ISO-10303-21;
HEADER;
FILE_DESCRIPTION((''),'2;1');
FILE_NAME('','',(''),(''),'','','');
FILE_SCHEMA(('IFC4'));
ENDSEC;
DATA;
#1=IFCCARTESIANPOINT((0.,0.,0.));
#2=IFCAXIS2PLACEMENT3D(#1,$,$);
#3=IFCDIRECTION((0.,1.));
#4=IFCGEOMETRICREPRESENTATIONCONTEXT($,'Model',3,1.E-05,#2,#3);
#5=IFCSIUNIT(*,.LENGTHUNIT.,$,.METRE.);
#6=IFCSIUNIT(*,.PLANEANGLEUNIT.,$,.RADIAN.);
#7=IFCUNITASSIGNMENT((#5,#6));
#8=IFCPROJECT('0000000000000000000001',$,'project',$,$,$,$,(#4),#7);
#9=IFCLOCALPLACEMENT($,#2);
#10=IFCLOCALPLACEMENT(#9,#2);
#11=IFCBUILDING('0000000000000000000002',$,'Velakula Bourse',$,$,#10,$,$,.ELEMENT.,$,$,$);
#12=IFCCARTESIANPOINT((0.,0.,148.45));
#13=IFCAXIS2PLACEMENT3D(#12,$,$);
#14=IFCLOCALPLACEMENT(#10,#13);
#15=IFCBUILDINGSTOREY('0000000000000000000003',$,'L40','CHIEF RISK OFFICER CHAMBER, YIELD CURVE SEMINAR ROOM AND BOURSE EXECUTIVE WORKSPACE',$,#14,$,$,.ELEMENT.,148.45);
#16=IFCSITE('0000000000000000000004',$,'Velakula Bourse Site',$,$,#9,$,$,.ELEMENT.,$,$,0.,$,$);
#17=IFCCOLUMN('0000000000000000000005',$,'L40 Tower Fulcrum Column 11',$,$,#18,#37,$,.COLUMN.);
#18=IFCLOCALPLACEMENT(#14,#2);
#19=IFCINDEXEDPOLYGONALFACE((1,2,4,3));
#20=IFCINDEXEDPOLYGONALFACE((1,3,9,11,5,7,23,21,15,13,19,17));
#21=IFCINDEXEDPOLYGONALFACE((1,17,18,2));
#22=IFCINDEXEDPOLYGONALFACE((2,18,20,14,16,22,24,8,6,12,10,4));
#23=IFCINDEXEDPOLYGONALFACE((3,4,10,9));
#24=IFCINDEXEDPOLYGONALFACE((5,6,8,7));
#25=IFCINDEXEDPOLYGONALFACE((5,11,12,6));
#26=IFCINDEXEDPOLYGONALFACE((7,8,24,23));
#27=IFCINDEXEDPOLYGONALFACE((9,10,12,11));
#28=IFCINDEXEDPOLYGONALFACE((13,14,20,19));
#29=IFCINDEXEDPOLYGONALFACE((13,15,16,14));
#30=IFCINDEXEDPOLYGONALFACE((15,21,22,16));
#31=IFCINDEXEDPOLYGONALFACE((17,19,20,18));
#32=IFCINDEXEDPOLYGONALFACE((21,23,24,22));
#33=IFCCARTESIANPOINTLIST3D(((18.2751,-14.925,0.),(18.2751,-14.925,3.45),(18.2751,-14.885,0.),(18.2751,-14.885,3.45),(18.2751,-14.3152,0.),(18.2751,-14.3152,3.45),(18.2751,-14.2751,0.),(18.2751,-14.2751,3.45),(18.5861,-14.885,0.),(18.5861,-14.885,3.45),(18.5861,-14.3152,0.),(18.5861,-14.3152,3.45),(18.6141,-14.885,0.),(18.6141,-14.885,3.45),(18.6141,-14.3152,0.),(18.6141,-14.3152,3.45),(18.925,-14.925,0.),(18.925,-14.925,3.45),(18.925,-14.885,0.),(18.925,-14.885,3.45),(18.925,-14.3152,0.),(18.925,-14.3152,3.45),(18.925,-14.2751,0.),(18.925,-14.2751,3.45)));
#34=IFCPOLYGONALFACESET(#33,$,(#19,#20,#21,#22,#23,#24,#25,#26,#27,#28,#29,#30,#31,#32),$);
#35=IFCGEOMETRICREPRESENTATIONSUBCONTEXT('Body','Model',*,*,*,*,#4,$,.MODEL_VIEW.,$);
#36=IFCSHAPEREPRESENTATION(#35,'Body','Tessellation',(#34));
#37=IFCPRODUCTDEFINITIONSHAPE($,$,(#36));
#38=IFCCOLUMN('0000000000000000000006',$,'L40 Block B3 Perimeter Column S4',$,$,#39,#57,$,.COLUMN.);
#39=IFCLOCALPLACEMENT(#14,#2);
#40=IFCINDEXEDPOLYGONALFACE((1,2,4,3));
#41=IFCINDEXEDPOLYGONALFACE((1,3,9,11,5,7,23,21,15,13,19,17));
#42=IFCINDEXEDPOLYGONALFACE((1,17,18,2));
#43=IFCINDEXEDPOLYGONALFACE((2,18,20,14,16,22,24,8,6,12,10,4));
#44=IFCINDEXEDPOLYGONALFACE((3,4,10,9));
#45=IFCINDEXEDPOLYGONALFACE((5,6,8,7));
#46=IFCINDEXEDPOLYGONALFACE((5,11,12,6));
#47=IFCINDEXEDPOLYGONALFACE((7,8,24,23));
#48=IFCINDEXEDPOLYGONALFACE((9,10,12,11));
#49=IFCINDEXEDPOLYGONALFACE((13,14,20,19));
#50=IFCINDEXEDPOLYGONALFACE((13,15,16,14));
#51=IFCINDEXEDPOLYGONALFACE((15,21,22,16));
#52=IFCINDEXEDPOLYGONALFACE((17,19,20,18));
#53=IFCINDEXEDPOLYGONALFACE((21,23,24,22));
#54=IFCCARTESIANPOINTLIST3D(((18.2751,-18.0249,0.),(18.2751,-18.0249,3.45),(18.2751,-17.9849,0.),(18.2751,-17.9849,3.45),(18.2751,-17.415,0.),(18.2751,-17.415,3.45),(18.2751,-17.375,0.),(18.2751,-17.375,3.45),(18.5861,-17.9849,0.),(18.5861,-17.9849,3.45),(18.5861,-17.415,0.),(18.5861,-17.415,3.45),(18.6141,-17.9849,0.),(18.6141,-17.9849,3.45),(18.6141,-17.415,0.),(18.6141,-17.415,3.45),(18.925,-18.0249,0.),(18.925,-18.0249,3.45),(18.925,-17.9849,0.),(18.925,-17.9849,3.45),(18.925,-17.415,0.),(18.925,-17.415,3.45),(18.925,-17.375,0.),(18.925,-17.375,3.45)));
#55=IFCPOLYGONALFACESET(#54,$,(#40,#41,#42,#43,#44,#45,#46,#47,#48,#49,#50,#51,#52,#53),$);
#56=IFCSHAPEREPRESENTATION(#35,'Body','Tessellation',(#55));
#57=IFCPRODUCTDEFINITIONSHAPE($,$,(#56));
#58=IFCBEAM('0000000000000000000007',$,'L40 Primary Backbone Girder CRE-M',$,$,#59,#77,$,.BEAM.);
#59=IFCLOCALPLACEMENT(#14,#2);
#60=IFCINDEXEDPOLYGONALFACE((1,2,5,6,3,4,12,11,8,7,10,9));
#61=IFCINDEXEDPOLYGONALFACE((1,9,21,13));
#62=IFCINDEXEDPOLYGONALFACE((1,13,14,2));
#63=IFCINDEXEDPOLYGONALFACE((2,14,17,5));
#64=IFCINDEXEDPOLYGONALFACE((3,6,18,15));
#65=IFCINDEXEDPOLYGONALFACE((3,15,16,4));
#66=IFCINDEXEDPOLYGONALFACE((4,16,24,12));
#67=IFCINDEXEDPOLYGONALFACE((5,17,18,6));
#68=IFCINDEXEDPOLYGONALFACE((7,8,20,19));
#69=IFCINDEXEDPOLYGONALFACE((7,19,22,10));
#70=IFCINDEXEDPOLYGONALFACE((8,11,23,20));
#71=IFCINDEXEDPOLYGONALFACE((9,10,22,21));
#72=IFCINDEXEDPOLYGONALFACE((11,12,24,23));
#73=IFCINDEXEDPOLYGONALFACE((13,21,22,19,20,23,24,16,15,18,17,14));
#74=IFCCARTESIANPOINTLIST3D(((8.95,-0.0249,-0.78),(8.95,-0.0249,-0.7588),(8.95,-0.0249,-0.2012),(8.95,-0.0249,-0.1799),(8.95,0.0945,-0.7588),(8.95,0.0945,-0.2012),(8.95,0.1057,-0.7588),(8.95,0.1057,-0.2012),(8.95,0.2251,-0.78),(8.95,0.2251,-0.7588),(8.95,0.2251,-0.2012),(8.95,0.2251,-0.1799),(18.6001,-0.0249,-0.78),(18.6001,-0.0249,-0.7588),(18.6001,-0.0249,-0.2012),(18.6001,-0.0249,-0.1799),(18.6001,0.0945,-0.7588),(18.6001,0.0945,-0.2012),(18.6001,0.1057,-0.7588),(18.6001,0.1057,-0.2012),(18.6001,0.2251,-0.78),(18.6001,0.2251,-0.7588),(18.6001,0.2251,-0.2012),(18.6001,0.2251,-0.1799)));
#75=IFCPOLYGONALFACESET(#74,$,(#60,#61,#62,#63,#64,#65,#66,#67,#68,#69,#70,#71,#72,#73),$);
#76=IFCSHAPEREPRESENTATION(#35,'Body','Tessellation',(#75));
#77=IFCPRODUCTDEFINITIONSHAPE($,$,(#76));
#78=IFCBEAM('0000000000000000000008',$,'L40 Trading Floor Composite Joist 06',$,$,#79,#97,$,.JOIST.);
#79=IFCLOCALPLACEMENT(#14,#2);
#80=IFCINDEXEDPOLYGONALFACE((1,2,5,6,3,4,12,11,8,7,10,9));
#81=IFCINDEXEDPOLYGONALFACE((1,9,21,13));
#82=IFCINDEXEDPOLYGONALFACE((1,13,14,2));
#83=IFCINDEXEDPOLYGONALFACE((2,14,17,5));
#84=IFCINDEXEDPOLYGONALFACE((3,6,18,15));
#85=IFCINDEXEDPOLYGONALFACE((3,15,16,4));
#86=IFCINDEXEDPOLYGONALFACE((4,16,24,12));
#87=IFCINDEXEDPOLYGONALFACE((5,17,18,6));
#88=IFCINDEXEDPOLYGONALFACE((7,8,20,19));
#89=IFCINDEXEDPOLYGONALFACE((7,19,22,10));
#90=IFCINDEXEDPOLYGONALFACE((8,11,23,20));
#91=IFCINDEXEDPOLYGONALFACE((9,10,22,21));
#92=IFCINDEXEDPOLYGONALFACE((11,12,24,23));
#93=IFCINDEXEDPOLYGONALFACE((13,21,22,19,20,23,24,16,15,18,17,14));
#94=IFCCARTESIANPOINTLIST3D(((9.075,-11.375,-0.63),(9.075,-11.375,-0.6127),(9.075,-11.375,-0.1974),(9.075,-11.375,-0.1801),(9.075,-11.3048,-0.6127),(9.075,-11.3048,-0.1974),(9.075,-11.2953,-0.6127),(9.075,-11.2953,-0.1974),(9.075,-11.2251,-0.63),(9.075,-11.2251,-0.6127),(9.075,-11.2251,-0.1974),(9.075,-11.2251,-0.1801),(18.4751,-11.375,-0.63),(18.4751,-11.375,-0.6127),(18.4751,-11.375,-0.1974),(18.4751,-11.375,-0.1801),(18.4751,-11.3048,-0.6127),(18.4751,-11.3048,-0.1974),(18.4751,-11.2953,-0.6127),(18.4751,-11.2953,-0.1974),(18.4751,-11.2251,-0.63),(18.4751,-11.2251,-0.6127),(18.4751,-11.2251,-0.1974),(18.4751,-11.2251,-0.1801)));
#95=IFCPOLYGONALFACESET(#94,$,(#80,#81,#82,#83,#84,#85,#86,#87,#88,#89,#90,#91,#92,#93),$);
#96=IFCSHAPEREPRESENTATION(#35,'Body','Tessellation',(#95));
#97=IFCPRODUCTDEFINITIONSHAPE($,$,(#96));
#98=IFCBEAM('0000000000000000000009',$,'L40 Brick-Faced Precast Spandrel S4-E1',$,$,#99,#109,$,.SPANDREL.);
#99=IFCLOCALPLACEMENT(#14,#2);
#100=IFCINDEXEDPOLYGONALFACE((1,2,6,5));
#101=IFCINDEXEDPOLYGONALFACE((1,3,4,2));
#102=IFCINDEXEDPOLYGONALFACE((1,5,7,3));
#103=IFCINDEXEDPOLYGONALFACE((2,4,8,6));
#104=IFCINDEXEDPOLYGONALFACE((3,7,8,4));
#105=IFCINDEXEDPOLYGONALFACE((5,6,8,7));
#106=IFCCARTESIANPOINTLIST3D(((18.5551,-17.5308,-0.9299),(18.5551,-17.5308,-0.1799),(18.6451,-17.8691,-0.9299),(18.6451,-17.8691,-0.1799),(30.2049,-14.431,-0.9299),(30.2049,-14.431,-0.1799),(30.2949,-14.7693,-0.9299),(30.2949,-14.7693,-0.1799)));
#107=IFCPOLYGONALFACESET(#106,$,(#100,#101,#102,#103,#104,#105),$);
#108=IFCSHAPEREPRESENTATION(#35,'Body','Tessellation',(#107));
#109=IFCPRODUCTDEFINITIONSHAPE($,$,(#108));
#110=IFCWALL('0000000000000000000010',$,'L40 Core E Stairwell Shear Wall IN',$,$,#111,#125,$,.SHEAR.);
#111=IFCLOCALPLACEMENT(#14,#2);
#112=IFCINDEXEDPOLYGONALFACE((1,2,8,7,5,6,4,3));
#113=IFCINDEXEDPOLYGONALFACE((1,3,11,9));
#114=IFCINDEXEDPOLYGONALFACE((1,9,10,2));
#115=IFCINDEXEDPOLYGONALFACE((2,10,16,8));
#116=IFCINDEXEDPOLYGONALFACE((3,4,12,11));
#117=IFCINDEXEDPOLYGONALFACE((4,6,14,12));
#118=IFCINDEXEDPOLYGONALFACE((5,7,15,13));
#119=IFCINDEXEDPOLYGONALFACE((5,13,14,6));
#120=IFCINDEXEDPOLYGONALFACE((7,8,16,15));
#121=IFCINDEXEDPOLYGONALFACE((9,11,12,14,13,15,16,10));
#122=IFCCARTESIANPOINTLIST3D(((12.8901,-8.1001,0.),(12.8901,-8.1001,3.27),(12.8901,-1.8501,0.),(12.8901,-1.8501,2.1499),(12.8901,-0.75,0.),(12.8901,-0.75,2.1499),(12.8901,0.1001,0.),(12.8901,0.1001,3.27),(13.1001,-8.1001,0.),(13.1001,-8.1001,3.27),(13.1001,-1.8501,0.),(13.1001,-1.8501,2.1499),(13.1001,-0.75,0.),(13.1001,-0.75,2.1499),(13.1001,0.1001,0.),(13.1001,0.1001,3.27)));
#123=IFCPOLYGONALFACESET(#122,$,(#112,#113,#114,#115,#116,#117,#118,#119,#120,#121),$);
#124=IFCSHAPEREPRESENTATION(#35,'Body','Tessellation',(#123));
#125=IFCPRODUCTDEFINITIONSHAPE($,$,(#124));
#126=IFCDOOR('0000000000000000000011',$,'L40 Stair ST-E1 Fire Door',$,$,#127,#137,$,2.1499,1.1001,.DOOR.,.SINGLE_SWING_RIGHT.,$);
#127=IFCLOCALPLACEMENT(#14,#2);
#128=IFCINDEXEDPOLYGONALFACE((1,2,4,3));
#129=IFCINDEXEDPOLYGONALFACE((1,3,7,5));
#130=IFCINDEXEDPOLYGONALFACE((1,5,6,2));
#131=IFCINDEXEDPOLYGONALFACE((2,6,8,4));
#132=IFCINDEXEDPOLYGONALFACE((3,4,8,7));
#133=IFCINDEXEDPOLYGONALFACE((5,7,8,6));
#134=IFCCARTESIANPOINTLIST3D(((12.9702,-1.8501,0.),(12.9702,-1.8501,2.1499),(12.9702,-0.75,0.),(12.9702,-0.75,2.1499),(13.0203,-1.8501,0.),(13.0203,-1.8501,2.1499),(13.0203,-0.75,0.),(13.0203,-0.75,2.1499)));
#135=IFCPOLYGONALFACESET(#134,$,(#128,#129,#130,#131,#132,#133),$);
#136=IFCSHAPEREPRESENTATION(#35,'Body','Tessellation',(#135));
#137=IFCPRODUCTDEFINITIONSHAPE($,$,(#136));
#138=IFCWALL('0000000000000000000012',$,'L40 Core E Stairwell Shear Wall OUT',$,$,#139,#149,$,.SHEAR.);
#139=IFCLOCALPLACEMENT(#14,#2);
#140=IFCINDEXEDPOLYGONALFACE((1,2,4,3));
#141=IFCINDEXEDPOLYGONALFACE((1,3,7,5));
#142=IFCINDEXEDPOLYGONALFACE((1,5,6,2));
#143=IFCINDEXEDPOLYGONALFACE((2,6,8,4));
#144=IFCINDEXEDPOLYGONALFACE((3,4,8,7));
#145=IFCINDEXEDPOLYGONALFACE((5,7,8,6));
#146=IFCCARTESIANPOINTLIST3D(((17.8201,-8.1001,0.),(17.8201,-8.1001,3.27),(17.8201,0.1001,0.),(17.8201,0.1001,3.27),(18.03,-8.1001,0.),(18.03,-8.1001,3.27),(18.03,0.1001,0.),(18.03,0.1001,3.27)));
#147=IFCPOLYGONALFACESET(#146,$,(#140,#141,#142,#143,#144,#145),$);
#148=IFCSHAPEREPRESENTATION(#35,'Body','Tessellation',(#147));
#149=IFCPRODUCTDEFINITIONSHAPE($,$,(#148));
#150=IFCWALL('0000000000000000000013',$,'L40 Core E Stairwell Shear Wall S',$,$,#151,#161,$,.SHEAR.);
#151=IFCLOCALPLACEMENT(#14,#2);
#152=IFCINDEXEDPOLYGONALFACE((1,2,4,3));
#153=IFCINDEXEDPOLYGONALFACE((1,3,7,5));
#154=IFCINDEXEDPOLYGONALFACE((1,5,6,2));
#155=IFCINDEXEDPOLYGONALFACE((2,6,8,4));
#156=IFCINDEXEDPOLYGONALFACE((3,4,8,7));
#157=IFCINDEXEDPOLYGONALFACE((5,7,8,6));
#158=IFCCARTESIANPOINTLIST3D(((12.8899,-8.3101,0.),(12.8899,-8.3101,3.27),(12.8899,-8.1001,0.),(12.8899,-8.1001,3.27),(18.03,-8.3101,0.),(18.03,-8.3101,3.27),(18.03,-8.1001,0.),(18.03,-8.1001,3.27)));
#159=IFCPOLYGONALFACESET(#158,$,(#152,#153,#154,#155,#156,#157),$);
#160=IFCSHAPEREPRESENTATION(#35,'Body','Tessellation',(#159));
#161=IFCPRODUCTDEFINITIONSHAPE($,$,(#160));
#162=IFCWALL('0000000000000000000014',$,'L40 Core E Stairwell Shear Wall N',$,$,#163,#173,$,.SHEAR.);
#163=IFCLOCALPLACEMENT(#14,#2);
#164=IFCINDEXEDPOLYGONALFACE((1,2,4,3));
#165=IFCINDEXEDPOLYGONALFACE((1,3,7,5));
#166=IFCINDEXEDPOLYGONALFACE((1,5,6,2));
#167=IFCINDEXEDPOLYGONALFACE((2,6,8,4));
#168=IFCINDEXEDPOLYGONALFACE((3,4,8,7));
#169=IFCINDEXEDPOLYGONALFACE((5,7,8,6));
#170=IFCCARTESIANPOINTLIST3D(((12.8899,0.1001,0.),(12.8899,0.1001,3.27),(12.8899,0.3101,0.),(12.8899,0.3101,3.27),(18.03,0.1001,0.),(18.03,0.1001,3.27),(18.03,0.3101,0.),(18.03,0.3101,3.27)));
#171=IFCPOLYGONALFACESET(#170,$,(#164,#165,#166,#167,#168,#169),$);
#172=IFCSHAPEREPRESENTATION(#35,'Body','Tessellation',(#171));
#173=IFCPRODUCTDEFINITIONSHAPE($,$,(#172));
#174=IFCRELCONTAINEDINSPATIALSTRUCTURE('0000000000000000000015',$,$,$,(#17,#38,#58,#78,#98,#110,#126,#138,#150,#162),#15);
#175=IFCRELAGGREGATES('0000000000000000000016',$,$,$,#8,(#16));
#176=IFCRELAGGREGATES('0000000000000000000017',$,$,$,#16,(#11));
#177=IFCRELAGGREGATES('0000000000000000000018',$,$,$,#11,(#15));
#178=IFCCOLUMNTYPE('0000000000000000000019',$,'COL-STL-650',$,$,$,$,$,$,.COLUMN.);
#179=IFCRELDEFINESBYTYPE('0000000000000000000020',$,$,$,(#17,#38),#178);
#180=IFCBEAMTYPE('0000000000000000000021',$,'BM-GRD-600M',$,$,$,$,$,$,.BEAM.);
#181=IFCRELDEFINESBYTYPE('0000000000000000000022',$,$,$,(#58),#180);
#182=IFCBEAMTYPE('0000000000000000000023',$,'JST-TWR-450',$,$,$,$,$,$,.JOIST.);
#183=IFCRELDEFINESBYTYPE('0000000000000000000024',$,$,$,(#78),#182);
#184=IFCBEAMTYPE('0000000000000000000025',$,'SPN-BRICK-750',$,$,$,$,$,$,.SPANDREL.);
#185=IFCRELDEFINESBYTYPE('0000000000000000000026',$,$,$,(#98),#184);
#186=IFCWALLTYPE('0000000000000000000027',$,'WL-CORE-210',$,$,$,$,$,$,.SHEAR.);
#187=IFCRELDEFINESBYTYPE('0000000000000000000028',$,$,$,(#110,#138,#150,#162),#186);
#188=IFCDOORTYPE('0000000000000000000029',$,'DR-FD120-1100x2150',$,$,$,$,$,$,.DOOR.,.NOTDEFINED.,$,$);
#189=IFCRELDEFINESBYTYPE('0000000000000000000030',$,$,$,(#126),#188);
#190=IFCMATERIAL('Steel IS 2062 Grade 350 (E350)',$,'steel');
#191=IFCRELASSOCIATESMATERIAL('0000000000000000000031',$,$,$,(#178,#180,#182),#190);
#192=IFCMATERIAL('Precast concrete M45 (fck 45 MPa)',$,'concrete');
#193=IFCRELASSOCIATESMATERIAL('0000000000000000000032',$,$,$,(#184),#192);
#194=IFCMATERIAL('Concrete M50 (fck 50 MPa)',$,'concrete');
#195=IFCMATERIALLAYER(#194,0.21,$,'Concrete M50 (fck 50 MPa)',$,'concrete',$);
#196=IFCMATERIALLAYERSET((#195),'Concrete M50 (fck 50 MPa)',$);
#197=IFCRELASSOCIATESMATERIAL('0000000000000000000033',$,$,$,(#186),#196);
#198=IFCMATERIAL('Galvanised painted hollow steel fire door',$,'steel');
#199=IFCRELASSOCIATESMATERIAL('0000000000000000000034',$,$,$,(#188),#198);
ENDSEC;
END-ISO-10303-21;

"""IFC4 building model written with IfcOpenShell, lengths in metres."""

from ifc_helpers import new_model, si_unit, direction, frame, frame_2d, origin, origin_2d, place, context, subcontext, project, spatial, rectangle, i_section, extrude, material, layer, layer_set, material_profile, profile_set, type_object, element, fill, save


model = new_model("IFC4")

# Units and contexts
model_context = context("Model", 3, precision=1e-05, world=origin(), true_north=direction((0.0, 1.0)))
body_context = subcontext(model_context, "Body", "Model", "MODEL_VIEW")
ifc_project = project(units=[si_unit("LENGTHUNIT", "METRE"), si_unit("PLANEANGLEUNIT", "RADIAN")], contexts=[model_context])

# Site, building, storey
site_placement = place(None, origin())
site = spatial("IfcSite", under=ifc_project, at=site_placement, Name="Velakula Bourse Site", CompositionType="ELEMENT", RefElevation=0.0)
building_placement = place(site_placement, origin())
building = spatial("IfcBuilding", under=site, at=building_placement, Name="Velakula Bourse", CompositionType="ELEMENT")
storey_placement = place(building_placement, frame((0.0, 0.0, 148.45)))
storey = spatial("IfcBuildingStorey", under=building, at=storey_placement, Name="L40", Description="CHIEF RISK OFFICER CHAMBER, YIELD CURVE SEMINAR ROOM AND BOURSE EXECUTIVE WORKSPACE", CompositionType="ELEMENT", Elevation=148.45)

# Columns
ifc_material_1 = material(Name="Steel IS 2062 Grade 350 (E350)", Category="steel")
ifc_material_profile_1 = material_profile(ifc_material_1, i_section(OverallWidth=0.6499, OverallDepth=0.6499, WebThickness=0.0281, FlangeThickness=0.04, at=origin_2d()), Name="Steel IS 2062 Grade 350 (E350)")
ifc_profile_set_1 = profile_set([ifc_material_profile_1], Name="Steel IS 2062 Grade 350 (E350)")
column_type = type_object("IfcColumnType", Name="COL-STL-650", PredefinedType="COLUMN", material=ifc_profile_set_1)
for number, where, z_axis, x_axis, name in (
    (1, (18.6001, -14.6001, 0.0), (0.0, 0.0, 1.0), (1.0, 0.0, 0.0), "L40 Tower Fulcrum Column 11"),
    (2, (18.6001, -17.7, 0.0), (0.0, 0.0, 1.0), (1.0, 0.0, 0.0), "L40 Block B3 Perimeter Column S4"),
):
    element("IfcColumn", number, at=place(storey_placement, frame(where, z_axis=z_axis, x_axis=x_axis)), inside=storey, type_object=column_type, Name=name, PredefinedType="COLUMN", context=body_context, shape_type="SweptSolid", body=[
        extrude(i_section(OverallWidth=0.6499, OverallDepth=0.6499, WebThickness=0.0281, FlangeThickness=0.04, at=origin_2d()), origin(), (0.0, 0.0, 1.0), 3.45),
    ])

# Beams
ifc_material_profile_2 = material_profile(ifc_material_1, i_section(OverallWidth=0.25, OverallDepth=0.6001, WebThickness=0.0112, FlangeThickness=0.0212, at=origin_2d()), Name="Steel IS 2062 Grade 350 (E350)")
ifc_profile_set_2 = profile_set([ifc_material_profile_2], Name="Steel IS 2062 Grade 350 (E350)")
beam_type_1 = type_object("IfcBeamType", Name="BM-GRD-600M", PredefinedType="BEAM", material=ifc_profile_set_2)
beam_1_placement = place(storey_placement, frame((8.95, 0.1001, -0.48), z_axis=(1.0, 0.0, 0.0), x_axis=(0.0, 1.0, 0.0)))
element("IfcBeam", 3, at=beam_1_placement, inside=storey, type_object=beam_type_1, Name="L40 Primary Backbone Girder CRE-M", PredefinedType="BEAM", context=body_context, shape_type="SweptSolid", body=[
    extrude(i_section(OverallWidth=0.25, OverallDepth=0.6001, WebThickness=0.0112, FlangeThickness=0.0212, at=origin_2d()), origin(), (0.0, 0.0, 1.0), 9.6501),
])
ifc_material_profile_3 = material_profile(ifc_material_1, i_section(OverallWidth=0.1499, OverallDepth=0.45, WebThickness=0.0095, FlangeThickness=0.0173, at=origin_2d()), Name="Steel IS 2062 Grade 350 (E350)")
ifc_profile_set_3 = profile_set([ifc_material_profile_3], Name="Steel IS 2062 Grade 350 (E350)")
beam_type_2 = type_object("IfcBeamType", Name="JST-TWR-450", PredefinedType="JOIST", material=ifc_profile_set_3)
beam_2_placement = place(storey_placement, frame((9.075, -11.3, -0.405), z_axis=(1.0, 0.0, 0.0), x_axis=(0.0, 1.0, 0.0)))
element("IfcBeam", 4, at=beam_2_placement, inside=storey, type_object=beam_type_2, Name="L40 Trading Floor Composite Joist 06", PredefinedType="JOIST", context=body_context, shape_type="SweptSolid", body=[
    extrude(i_section(OverallWidth=0.1499, OverallDepth=0.45, WebThickness=0.0095, FlangeThickness=0.0173, at=origin_2d()), origin(), (0.0, 0.0, 1.0), 9.4001),
])
ifc_material_2 = material(Name="Precast concrete M45 (fck 45 MPa)", Category="concrete")
ifc_material_profile_4 = material_profile(ifc_material_2, rectangle(XDim=0.3501, YDim=0.75, at=origin_2d()), Name="Precast concrete M45 (fck 45 MPa)")
ifc_profile_set_4 = profile_set([ifc_material_profile_4], Name="Precast concrete M45 (fck 45 MPa)")
beam_type_3 = type_object("IfcBeamType", Name="SPN-BRICK-750", PredefinedType="SPANDREL", material=ifc_profile_set_4)
beam_3_placement = place(storey_placement, frame((18.6001, -17.7, -0.5549), z_axis=(0.966375, 0.257137, 0.0), x_axis=(-0.257137, 0.966375, 0.0)))
element("IfcBeam", 5, at=beam_3_placement, inside=storey, type_object=beam_type_3, Name="L40 Brick-Faced Precast Spandrel S4-E1", PredefinedType="SPANDREL", context=body_context, shape_type="SweptSolid", body=[
    extrude(rectangle(XDim=0.3501, YDim=0.75, at=origin_2d()), origin(), (0.0, 0.0, 1.0), 12.0552),
])

# Wall, opening, door
ifc_material_3 = material(Name="Concrete M50 (fck 50 MPa)", Category="concrete")
ifc_layer_1 = layer(ifc_material_3, 0.21, Name="Concrete M50 (fck 50 MPa)", Category="concrete")
ifc_layer_set_1 = layer_set([ifc_layer_1], Name="Concrete M50 (fck 50 MPa)")
wall_type_1 = type_object("IfcWallType", Name="WL-CORE-210", PredefinedType="SHEAR", material=ifc_layer_set_1)
wall_1_placement = place(storey_placement, frame((12.9951, -8.1001, 0.0), z_axis=(0.0, 0.0, 1.0), x_axis=(0.0, 1.0, 0.0)))
wall_1 = element("IfcWall", 6, at=wall_1_placement, inside=storey, type_object=wall_type_1, Name="L40 Core E Stairwell Shear Wall IN", PredefinedType="SHEAR", context=body_context, shape_type="SweptSolid", body=[
    extrude(rectangle(XDim=8.2002, YDim=0.21, at=frame_2d((4.1001, 0.0))), origin(), (0.0, 0.0, 1.0), 3.27),
])
opening_1_placement = place(wall_1_placement, frame((6.25, 0.0, 0.0)))
opening_1 = element("IfcOpeningElement", 7, at=opening_1_placement, cuts=wall_1, PredefinedType="OPENING", context=body_context, shape_type="SweptSolid", body=[
    extrude(rectangle(XDim=1.1001, YDim=2.1499, at=frame_2d((0.55, 1.075))), frame((0.0, 0.115, 0.0), z_axis=(0.0, -1.0, 0.0), x_axis=(1.0, 0.0, 0.0)), (0.0, 0.0, 1.0), 0.23),
])
ifc_material_4 = material(Name="Galvanised painted hollow steel fire door", Category="steel")
door_type_1 = type_object("IfcDoorType", Name="DR-FD120-1100x2150", OperationType="NOTDEFINED", PredefinedType="DOOR", material=ifc_material_4)
door_1_placement = place(opening_1_placement, origin())
door_1 = element("IfcDoor", 8, at=door_1_placement, inside=storey, type_object=door_type_1, Name="L40 Stair ST-E1 Fire Door", OperationType="SINGLE_SWING_RIGHT", OverallHeight=2.1499, OverallWidth=1.1001, PredefinedType="DOOR", context=body_context, shape_type="SweptSolid", body=[
    extrude(rectangle(XDim=1.1001, YDim=2.1499, at=frame_2d((0.55, 1.075))), frame((0.0, 0.0249, 0.0), z_axis=(0.0, -1.0, 0.0), x_axis=(1.0, 0.0, 0.0)), (0.0, 0.0, 1.0), 0.05),
])
fill(opening_1, door_1)

# Walls
wall_2_placement = place(storey_placement, frame((17.925, -8.1001, 0.0), z_axis=(0.0, 0.0, 1.0), x_axis=(0.0, 1.0, 0.0)))
element("IfcWall", 9, at=wall_2_placement, inside=storey, type_object=wall_type_1, Name="L40 Core E Stairwell Shear Wall OUT", PredefinedType="SHEAR", context=body_context, shape_type="SweptSolid", body=[
    extrude(rectangle(XDim=8.2002, YDim=0.21, at=frame_2d((4.1001, 0.0))), origin(), (0.0, 0.0, 1.0), 3.27),
])
for number, where, z_axis, x_axis, name in (
    (10, (12.8899, -8.2051, 0.0), (0.0, 0.0, 1.0), (1.0, 0.0, 0.0), "L40 Core E Stairwell Shear Wall S"),
    (11, (18.03, 0.2051, 0.0), (0.0, 0.0, 1.0), (-1.0, 0.0, 0.0), "L40 Core E Stairwell Shear Wall N"),
):
    element("IfcWall", number, at=place(storey_placement, frame(where, z_axis=z_axis, x_axis=x_axis)), inside=storey, type_object=wall_type_1, Name=name, PredefinedType="SHEAR", context=body_context, shape_type="SweptSolid", body=[
        extrude(rectangle(XDim=5.1401, YDim=0.21, at=frame_2d((2.5701, 0.0))), origin(), (0.0, 0.0, 1.0), 3.27),
    ])

save(model, "model.ifc")
